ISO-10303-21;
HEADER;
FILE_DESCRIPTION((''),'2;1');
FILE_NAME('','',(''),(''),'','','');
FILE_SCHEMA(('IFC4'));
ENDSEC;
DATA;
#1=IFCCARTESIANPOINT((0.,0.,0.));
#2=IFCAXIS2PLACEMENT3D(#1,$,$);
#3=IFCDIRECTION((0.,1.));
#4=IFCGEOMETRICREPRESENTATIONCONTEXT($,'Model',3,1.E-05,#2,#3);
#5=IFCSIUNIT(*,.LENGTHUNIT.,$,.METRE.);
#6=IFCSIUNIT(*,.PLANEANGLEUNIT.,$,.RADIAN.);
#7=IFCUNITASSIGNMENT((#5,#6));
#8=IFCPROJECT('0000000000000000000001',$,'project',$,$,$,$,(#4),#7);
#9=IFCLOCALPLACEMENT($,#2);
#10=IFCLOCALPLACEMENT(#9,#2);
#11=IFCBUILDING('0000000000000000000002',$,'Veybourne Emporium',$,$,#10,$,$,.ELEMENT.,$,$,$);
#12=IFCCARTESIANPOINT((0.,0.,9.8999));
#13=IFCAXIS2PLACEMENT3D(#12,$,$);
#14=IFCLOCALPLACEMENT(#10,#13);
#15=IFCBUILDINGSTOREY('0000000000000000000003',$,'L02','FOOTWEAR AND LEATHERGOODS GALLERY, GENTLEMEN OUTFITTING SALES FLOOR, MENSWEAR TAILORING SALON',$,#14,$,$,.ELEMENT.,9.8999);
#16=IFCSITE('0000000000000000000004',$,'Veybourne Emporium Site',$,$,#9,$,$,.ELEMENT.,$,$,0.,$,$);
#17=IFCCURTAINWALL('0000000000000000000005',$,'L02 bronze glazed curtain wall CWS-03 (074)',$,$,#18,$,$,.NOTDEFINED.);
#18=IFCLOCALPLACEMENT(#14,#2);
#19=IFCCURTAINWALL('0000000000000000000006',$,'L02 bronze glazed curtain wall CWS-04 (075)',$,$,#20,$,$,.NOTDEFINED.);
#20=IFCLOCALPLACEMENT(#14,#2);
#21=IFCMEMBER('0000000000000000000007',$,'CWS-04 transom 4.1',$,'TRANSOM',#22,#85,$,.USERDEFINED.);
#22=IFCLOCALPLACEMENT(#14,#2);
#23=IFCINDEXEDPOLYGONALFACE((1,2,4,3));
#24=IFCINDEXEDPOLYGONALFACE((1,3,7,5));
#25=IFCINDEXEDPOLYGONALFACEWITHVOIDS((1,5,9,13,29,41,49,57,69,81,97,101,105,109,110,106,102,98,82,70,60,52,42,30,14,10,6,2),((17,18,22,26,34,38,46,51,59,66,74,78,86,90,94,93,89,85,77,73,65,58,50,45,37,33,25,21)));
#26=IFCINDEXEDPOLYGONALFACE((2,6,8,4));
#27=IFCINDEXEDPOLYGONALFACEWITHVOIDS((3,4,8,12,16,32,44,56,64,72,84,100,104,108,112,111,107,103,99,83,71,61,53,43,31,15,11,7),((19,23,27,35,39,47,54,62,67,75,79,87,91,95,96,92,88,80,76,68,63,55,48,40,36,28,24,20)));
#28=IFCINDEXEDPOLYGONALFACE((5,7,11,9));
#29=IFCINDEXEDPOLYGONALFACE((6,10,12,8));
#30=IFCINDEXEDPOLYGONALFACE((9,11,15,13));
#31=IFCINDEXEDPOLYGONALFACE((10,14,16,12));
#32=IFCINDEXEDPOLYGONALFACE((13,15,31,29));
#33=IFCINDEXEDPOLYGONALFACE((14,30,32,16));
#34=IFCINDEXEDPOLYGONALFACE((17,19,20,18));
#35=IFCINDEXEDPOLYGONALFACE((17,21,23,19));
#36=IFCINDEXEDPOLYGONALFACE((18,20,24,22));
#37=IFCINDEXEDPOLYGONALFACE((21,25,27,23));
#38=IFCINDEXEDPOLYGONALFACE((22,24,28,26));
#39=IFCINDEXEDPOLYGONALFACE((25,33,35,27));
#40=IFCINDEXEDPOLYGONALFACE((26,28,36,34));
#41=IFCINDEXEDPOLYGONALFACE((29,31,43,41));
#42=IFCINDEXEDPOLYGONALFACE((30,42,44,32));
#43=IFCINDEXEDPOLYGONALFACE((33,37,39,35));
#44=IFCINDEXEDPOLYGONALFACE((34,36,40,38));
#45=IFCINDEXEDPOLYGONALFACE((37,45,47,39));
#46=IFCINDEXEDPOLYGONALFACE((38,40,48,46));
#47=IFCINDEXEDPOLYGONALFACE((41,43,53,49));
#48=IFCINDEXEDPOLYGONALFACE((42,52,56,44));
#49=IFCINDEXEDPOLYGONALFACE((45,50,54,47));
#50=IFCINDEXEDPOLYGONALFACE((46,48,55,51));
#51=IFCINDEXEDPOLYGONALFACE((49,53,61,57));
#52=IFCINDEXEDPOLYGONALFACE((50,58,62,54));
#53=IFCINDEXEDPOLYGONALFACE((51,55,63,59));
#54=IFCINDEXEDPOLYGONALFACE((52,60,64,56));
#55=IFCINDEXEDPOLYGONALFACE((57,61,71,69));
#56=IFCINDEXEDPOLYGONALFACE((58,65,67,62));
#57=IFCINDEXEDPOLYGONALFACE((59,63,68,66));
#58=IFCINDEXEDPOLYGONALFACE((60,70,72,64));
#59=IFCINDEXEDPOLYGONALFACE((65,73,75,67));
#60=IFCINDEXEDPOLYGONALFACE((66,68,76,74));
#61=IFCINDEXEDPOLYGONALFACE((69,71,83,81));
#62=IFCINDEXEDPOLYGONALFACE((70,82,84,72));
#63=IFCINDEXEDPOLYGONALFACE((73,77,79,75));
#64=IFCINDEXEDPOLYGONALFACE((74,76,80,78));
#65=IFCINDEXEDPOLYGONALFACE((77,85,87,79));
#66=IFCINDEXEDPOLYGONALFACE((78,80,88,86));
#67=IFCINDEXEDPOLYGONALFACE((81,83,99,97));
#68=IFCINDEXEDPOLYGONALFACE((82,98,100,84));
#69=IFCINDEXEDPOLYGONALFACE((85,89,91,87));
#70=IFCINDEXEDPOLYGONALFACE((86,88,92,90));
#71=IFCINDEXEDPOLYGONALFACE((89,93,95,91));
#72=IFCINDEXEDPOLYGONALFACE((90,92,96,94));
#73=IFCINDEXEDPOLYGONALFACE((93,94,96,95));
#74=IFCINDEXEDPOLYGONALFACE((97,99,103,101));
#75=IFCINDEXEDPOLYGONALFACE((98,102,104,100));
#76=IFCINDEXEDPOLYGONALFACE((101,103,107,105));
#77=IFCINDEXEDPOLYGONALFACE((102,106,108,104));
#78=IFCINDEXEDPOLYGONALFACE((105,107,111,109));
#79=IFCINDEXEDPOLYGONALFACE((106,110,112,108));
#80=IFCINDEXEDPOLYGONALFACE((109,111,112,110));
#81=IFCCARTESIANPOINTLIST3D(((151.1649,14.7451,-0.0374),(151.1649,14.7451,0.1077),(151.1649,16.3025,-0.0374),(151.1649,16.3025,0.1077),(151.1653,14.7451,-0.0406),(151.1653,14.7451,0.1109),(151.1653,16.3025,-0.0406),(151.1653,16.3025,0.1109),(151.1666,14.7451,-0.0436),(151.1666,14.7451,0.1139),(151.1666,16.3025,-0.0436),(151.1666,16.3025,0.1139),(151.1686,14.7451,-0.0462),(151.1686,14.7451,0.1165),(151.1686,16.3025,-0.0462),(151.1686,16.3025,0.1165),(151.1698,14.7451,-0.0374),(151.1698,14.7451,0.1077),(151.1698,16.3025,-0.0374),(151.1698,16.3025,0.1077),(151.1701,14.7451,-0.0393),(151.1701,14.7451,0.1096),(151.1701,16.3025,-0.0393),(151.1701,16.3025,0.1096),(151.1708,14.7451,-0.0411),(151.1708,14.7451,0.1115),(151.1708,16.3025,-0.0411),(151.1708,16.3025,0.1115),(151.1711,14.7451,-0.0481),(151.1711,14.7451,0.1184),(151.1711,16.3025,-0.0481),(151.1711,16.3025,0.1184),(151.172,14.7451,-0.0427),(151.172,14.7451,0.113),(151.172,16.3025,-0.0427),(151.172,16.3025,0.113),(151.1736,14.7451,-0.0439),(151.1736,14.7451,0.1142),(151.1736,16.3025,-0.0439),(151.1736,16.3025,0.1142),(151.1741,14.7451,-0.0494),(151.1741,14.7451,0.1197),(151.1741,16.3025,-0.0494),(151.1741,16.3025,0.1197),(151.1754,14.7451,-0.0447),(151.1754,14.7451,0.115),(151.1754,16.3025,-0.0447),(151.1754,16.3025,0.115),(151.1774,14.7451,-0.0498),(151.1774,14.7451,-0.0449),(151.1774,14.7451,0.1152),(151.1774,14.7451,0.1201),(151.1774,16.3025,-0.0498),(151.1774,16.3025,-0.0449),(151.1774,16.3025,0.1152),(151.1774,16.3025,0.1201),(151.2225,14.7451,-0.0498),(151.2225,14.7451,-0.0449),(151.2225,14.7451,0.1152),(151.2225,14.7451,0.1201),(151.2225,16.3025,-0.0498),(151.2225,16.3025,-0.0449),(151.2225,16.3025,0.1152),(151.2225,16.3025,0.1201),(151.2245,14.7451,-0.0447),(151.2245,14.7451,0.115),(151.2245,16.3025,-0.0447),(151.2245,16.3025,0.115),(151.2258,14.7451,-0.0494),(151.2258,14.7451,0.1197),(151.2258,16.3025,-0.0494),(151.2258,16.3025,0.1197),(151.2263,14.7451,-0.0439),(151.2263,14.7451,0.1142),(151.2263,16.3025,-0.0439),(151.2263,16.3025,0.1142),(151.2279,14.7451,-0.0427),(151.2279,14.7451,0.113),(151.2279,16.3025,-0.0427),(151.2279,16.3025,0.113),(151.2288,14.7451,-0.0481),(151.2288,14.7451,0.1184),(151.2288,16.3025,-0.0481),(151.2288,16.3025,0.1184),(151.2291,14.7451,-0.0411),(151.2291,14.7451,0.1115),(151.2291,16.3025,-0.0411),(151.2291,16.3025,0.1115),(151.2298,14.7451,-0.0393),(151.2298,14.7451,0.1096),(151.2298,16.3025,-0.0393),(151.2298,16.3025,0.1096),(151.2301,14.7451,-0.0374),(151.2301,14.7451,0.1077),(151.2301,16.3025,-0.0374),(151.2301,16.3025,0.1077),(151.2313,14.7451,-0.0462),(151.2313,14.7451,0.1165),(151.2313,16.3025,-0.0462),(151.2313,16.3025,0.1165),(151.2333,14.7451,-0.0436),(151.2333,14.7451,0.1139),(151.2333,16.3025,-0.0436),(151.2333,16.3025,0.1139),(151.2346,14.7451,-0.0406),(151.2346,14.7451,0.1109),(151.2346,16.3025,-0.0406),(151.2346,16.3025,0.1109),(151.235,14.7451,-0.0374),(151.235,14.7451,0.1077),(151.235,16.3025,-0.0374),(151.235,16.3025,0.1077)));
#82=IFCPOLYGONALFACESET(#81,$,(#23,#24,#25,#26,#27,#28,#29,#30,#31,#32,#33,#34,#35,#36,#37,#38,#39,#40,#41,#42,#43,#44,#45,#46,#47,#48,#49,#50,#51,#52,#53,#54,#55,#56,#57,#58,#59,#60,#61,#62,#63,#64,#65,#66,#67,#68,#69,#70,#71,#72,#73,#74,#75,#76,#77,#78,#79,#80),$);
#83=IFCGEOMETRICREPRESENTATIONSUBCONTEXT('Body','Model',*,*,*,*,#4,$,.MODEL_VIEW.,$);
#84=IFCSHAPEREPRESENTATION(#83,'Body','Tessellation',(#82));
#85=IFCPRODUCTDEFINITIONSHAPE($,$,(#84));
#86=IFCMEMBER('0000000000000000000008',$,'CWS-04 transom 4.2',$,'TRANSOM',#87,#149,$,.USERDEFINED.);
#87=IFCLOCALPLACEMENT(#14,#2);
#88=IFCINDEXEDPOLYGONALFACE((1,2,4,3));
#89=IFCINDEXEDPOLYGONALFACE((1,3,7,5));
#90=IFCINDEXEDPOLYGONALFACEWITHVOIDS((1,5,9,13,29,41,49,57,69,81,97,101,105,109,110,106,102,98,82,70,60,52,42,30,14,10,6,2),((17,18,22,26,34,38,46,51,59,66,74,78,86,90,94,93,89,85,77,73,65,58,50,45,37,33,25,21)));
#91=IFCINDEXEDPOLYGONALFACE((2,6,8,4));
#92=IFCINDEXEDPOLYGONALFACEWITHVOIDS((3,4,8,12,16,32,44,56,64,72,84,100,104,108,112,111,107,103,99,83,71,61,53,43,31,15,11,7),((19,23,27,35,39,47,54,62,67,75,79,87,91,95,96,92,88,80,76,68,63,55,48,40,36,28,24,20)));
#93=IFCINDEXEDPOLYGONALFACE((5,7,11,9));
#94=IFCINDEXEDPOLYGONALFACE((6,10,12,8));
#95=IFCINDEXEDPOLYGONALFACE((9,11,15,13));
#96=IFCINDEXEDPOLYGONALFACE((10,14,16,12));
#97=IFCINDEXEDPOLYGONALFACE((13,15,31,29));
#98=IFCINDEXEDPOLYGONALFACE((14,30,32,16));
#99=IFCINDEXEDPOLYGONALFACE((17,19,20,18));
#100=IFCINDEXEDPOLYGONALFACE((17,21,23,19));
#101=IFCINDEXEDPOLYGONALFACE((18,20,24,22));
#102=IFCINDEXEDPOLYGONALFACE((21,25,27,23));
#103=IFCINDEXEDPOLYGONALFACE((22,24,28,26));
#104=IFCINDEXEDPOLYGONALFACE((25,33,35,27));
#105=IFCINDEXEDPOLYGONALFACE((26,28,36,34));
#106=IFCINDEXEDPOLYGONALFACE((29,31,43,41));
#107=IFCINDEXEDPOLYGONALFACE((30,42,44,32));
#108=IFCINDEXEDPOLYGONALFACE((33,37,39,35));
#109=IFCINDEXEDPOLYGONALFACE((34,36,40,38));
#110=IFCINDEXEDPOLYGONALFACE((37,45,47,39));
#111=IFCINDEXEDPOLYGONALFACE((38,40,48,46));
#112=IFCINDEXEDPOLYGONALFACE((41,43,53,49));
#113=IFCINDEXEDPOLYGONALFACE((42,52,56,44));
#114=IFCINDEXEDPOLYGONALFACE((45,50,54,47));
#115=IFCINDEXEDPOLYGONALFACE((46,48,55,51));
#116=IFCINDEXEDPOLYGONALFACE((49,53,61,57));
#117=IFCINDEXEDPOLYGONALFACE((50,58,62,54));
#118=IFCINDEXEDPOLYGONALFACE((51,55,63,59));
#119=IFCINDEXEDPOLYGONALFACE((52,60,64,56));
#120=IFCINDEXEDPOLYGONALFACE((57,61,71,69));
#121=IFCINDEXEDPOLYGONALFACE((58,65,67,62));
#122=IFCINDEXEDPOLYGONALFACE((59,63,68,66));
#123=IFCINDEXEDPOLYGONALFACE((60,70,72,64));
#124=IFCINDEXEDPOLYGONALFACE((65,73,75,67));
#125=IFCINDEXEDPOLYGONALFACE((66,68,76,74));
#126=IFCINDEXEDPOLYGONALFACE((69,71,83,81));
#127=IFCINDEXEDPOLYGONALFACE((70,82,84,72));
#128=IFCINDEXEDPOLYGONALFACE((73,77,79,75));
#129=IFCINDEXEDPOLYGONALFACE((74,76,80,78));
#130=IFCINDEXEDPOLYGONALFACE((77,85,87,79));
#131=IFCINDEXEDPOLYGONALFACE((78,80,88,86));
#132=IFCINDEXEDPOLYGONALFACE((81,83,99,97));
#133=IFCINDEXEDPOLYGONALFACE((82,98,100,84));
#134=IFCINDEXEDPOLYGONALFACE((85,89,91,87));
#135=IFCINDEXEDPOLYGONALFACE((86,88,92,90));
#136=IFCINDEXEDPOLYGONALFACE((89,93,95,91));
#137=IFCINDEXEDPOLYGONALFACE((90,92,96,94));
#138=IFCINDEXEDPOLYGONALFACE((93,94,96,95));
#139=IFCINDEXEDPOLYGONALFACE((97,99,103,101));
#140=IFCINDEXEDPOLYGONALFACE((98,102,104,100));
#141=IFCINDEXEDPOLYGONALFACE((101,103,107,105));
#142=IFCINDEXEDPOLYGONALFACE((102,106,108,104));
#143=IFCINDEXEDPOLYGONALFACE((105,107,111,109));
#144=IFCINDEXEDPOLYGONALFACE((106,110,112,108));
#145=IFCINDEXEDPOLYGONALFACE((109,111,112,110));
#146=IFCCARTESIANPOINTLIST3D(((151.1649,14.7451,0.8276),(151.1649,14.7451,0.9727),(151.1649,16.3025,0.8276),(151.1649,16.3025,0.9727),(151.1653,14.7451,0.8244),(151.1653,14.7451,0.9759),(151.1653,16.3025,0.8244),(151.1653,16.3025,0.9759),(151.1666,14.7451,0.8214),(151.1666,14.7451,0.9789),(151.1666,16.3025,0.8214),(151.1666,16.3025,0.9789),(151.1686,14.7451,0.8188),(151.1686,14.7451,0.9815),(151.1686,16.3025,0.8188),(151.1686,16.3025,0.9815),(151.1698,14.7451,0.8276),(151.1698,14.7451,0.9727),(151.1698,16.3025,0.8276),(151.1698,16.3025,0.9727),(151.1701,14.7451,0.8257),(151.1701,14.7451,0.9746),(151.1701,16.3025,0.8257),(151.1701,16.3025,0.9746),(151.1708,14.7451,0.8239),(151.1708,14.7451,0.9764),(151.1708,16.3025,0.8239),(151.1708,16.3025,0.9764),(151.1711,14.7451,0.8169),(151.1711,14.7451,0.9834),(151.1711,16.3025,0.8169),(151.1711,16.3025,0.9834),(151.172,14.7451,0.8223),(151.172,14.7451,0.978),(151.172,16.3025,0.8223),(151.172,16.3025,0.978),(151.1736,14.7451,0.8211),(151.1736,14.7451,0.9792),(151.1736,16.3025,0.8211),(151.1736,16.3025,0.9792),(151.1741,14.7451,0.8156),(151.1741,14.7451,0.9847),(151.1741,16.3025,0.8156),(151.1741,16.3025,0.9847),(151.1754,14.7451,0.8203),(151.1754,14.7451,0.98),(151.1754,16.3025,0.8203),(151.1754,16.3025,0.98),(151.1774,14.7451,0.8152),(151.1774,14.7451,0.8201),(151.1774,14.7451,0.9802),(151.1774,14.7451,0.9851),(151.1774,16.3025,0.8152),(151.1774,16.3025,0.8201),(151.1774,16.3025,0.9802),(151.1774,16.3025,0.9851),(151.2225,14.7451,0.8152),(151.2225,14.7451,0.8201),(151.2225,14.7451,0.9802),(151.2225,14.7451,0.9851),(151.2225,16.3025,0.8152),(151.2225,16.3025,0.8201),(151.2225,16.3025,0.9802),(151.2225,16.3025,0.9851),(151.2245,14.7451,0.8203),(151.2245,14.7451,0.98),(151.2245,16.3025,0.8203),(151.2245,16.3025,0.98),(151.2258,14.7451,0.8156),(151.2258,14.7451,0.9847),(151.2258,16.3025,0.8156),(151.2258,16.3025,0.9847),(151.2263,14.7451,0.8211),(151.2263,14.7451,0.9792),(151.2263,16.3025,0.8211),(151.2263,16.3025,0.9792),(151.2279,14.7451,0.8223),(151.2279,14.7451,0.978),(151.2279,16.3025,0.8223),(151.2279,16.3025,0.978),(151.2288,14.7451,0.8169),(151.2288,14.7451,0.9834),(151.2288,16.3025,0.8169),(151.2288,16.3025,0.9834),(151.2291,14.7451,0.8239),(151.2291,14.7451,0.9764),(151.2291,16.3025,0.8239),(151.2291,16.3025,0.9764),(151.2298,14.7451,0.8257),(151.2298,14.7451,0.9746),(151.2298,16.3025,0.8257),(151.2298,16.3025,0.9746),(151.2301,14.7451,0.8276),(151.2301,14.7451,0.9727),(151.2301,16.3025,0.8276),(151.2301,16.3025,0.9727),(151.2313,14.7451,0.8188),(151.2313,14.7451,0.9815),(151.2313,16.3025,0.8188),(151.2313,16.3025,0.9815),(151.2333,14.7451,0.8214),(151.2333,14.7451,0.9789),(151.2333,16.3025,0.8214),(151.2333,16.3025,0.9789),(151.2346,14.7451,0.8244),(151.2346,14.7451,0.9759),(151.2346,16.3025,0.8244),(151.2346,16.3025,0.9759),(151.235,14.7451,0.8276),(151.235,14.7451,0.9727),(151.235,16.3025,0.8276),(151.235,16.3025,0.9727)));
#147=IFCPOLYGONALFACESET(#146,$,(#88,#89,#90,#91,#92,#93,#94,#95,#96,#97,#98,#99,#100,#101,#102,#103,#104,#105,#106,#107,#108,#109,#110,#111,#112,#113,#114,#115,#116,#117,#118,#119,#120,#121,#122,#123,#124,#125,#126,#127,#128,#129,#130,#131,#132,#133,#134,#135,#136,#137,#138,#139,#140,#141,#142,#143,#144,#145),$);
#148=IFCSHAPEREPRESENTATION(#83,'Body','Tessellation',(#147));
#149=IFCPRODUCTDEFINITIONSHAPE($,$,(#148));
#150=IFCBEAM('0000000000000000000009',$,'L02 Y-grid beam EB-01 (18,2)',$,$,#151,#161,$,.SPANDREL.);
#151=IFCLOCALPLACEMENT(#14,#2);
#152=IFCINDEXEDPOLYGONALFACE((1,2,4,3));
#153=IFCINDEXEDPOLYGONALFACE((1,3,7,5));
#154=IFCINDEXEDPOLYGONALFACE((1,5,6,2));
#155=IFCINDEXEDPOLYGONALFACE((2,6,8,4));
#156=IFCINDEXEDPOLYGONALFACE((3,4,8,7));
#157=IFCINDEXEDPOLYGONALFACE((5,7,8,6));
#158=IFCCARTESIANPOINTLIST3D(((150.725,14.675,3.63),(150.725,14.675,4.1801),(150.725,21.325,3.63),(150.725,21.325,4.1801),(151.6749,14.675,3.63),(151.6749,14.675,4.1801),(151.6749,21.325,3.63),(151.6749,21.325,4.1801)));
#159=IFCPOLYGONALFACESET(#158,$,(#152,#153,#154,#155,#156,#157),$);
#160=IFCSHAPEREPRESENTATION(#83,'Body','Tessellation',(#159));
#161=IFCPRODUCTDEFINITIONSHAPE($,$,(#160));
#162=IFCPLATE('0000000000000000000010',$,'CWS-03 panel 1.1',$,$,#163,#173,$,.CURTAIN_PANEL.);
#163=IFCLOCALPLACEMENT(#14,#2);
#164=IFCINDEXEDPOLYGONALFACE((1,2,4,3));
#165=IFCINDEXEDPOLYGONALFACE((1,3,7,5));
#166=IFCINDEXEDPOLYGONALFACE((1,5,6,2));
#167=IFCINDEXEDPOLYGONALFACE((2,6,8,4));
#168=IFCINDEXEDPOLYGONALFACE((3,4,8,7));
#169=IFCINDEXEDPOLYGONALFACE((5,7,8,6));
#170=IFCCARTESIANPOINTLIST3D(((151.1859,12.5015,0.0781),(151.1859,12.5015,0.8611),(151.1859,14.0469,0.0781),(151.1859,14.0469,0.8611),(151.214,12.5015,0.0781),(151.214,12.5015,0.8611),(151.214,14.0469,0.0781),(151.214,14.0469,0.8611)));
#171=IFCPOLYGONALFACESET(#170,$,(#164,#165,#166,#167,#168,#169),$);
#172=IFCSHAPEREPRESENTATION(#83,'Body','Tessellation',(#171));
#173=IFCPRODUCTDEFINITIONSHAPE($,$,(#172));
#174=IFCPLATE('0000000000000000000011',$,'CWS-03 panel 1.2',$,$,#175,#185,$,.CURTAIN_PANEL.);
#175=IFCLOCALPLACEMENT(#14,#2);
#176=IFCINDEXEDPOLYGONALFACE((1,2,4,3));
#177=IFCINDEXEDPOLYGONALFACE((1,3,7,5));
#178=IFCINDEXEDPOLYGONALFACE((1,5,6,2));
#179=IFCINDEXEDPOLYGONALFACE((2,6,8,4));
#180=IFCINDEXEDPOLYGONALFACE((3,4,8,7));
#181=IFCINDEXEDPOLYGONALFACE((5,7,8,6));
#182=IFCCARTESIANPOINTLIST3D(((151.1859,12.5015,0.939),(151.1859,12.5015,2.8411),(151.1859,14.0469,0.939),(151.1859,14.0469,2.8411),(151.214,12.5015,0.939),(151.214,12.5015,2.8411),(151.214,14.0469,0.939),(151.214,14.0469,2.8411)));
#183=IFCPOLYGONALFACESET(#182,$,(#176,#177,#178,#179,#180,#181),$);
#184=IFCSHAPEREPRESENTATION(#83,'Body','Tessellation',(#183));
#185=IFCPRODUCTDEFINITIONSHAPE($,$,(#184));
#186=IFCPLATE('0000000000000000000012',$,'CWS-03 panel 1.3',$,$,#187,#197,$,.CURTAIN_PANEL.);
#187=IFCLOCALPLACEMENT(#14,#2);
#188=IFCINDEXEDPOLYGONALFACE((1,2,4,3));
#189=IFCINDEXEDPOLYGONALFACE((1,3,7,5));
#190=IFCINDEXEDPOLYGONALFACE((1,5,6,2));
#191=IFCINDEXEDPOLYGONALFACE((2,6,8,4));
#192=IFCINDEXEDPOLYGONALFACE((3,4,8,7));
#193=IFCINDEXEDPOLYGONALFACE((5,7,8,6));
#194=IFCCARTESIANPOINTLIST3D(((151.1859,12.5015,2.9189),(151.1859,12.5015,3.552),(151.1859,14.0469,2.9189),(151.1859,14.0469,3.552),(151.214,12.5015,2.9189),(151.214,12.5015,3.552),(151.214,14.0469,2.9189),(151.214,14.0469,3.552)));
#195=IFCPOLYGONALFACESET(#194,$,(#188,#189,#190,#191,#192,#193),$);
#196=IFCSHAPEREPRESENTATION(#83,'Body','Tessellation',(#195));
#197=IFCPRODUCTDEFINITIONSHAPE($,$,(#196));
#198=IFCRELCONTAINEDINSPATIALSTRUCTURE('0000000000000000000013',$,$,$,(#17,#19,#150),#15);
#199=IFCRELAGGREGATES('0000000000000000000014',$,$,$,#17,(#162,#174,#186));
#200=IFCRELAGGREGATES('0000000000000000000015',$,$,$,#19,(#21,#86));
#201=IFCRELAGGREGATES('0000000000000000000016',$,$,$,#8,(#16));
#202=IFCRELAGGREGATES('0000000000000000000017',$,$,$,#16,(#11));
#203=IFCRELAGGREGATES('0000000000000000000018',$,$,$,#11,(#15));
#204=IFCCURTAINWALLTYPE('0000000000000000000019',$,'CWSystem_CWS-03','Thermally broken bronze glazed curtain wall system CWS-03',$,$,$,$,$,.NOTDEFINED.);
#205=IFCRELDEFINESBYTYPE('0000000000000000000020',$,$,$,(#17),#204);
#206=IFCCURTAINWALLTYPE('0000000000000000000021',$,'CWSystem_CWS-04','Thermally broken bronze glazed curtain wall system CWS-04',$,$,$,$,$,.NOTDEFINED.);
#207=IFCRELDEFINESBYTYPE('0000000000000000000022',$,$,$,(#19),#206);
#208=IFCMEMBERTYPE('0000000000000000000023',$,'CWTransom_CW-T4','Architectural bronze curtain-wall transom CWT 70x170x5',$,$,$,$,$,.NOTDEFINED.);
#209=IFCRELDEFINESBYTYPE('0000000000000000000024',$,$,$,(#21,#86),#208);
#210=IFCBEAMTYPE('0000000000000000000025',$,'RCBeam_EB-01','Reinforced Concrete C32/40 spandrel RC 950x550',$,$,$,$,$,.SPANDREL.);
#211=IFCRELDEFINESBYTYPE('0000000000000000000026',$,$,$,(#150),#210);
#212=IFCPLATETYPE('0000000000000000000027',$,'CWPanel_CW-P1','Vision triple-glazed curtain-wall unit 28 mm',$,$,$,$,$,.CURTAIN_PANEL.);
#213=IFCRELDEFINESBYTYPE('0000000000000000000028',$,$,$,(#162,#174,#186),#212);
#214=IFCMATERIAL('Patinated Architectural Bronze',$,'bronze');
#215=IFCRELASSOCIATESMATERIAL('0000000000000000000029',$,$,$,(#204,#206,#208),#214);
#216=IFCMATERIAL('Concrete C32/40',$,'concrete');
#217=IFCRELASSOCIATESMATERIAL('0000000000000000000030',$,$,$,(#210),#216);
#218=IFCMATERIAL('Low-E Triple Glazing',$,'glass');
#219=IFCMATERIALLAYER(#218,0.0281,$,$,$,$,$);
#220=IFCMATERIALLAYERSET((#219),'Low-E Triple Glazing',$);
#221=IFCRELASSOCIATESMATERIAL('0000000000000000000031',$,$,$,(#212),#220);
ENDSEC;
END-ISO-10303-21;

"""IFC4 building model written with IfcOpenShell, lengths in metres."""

from ifc_helpers import new_model, si_unit, direction, frame, origin, origin_2d, place, context, subcontext, project, spatial, rectangle, hollow_rectangle, extrude, material, layer, layer_set, material_profile, profile_set, type_object, element, aggregate, save


model = new_model("IFC4")

# Units and contexts
model_context = context("Model", 3, precision=1e-05, world=origin(), true_north=direction((0.0, 1.0)))
body_context = subcontext(model_context, "Body", "Model", "MODEL_VIEW")
ifc_project = project(units=[si_unit("LENGTHUNIT", "METRE"), si_unit("PLANEANGLEUNIT", "RADIAN")], contexts=[model_context])

# Site, building, storey
site_placement = place(None, origin())
site = spatial("IfcSite", under=ifc_project, at=site_placement, Name="Veybourne Emporium Site", CompositionType="ELEMENT", RefElevation=0.0)
building_placement = place(site_placement, origin())
building = spatial("IfcBuilding", under=site, at=building_placement, Name="Veybourne Emporium", CompositionType="ELEMENT")
storey_placement = place(building_placement, frame((0.0, 0.0, 9.8999)))
storey = spatial("IfcBuildingStorey", under=building, at=storey_placement, Name="L02", Description="FOOTWEAR AND LEATHERGOODS GALLERY, GENTLEMEN OUTFITTING SALES FLOOR, MENSWEAR TAILORING SALON", CompositionType="ELEMENT", Elevation=9.8999)

# Curtain wall
ifc_material_1 = material(Name="Patinated Architectural Bronze", Category="bronze")
curtain_wall_type_1 = type_object("IfcCurtainWallType", Name="CWSystem_CWS-03", Description="Thermally broken bronze glazed curtain wall system CWS-03", PredefinedType="NOTDEFINED", material=ifc_material_1)
curtain_wall_1_placement = place(storey_placement, origin())
curtain_wall_1 = element("IfcCurtainWall", 1, at=curtain_wall_1_placement, inside=storey, type_object=curtain_wall_type_1, Name="L02 bronze glazed curtain wall CWS-03 (074)", PredefinedType="NOTDEFINED")

# Curtain wall
curtain_wall_type_2 = type_object("IfcCurtainWallType", Name="CWSystem_CWS-04", Description="Thermally broken bronze glazed curtain wall system CWS-04", PredefinedType="NOTDEFINED", material=ifc_material_1)
curtain_wall_2_placement = place(storey_placement, origin())
curtain_wall_2 = element("IfcCurtainWall", 2, at=curtain_wall_2_placement, inside=storey, type_object=curtain_wall_type_2, Name="L02 bronze glazed curtain wall CWS-04 (075)", PredefinedType="NOTDEFINED")

# Members
ifc_material_profile_1 = material_profile(ifc_material_1, hollow_rectangle(XDim=0.0701, YDim=0.1699, WallThickness=0.0049, InnerFilletRadius=0.0076, OuterFilletRadius=0.0125, at=origin_2d()), Name="CWT 70x170x5")
ifc_profile_set_1 = profile_set([ifc_material_profile_1], Name="Patinated Architectural Bronze")
member_type_1 = type_object("IfcMemberType", Name="CWTransom_CW-T4", Description="Architectural bronze curtain-wall transom CWT 70x170x5", PredefinedType="NOTDEFINED", material=ifc_profile_set_1)
member_1_placement = place(storey_placement, frame((151.2, 16.3025, 0.0352), z_axis=(0.0, -1.0, 0.0), x_axis=(1.0, 0.0, 0.0)))
member_1 = element("IfcMember", 3, at=member_1_placement, type_object=member_type_1, Name="CWS-04 transom 4.1", ObjectType="TRANSOM", PredefinedType="USERDEFINED", context=body_context, shape_type="SweptSolid", body=[
    extrude(hollow_rectangle(XDim=0.0701, YDim=0.1699, WallThickness=0.0049, InnerFilletRadius=0.0076, OuterFilletRadius=0.0125, at=origin_2d()), origin(), (0.0, 0.0, 1.0), 1.5574),
])
member_2_placement = place(storey_placement, frame((151.2, 16.3025, 0.9001), z_axis=(0.0, -1.0, 0.0), x_axis=(1.0, 0.0, 0.0)))
member_2 = element("IfcMember", 4, at=member_2_placement, type_object=member_type_1, Name="CWS-04 transom 4.2", ObjectType="TRANSOM", PredefinedType="USERDEFINED", context=body_context, shape_type="SweptSolid", body=[
    extrude(hollow_rectangle(XDim=0.0701, YDim=0.1699, WallThickness=0.0049, InnerFilletRadius=0.0076, OuterFilletRadius=0.0125, at=origin_2d()), origin(), (0.0, 0.0, 1.0), 1.5574),
])

# Beam
ifc_material_2 = material(Name="Concrete C32/40", Category="concrete")
ifc_material_profile_2 = material_profile(ifc_material_2, rectangle(XDim=0.95, YDim=0.55, at=origin_2d()), Name="RC 950x550")
ifc_profile_set_2 = profile_set([ifc_material_profile_2], Name="Concrete C32/40")
beam_type = type_object("IfcBeamType", Name="RCBeam_EB-01", Description="Reinforced Concrete C32/40 spandrel RC 950x550", PredefinedType="SPANDREL", material=ifc_profile_set_2)
beam_placement = place(storey_placement, frame((151.2, 14.675, 3.905), z_axis=(0.0, 1.0, 0.0), x_axis=(-1.0, 0.0, 0.0)))
element("IfcBeam", 5, at=beam_placement, inside=storey, type_object=beam_type, Name="L02 Y-grid beam EB-01 (18,2)", PredefinedType="SPANDREL", context=body_context, shape_type="SweptSolid", body=[
    extrude(rectangle(XDim=0.95, YDim=0.55, at=origin_2d()), origin(), (0.0, 0.0, 1.0), 6.6499),
])

# Plates
ifc_material_3 = material(Name="Low-E Triple Glazing", Category="glass")
ifc_layer_1 = layer(ifc_material_3, 0.0281)
ifc_layer_set_1 = layer_set([ifc_layer_1], Name="Low-E Triple Glazing")
plate_type = type_object("IfcPlateType", Name="CWPanel_CW-P1", Description="Vision triple-glazed curtain-wall unit 28 mm", PredefinedType="CURTAIN_PANEL", material=ifc_layer_set_1)
plate_1_placement = place(storey_placement, frame((151.2, 13.2742, 0.0781), z_axis=(0.0, 0.0, 1.0), x_axis=(0.0, -1.0, 0.0)))
plate_1 = element("IfcPlate", 6, at=plate_1_placement, type_object=plate_type, Name="CWS-03 panel 1.1", PredefinedType="CURTAIN_PANEL", context=body_context, shape_type="SweptSolid", body=[
    extrude(rectangle(XDim=1.5454, YDim=0.0281, at=origin_2d()), origin(), (0.0, 0.0, 1.0), 0.783),
])
plate_2_placement = place(storey_placement, frame((151.2, 13.2742, 0.939), z_axis=(0.0, 0.0, 1.0), x_axis=(0.0, -1.0, 0.0)))
plate_2 = element("IfcPlate", 7, at=plate_2_placement, type_object=plate_type, Name="CWS-03 panel 1.2", PredefinedType="CURTAIN_PANEL", context=body_context, shape_type="SweptSolid", body=[
    extrude(rectangle(XDim=1.5454, YDim=0.0281, at=origin_2d()), origin(), (0.0, 0.0, 1.0), 1.9021),
])
plate_3_placement = place(storey_placement, frame((151.2, 13.2742, 2.9189), z_axis=(0.0, 0.0, 1.0), x_axis=(0.0, -1.0, 0.0)))
plate_3 = element("IfcPlate", 8, at=plate_3_placement, type_object=plate_type, Name="CWS-03 panel 1.3", PredefinedType="CURTAIN_PANEL", context=body_context, shape_type="SweptSolid", body=[
    extrude(rectangle(XDim=1.5454, YDim=0.0281, at=origin_2d()), origin(), (0.0, 0.0, 1.0), 0.6331),
])
aggregate(curtain_wall_1, [plate_1, plate_2, plate_3])
aggregate(curtain_wall_2, [member_1, member_2])

save(model, "model.ifc")
